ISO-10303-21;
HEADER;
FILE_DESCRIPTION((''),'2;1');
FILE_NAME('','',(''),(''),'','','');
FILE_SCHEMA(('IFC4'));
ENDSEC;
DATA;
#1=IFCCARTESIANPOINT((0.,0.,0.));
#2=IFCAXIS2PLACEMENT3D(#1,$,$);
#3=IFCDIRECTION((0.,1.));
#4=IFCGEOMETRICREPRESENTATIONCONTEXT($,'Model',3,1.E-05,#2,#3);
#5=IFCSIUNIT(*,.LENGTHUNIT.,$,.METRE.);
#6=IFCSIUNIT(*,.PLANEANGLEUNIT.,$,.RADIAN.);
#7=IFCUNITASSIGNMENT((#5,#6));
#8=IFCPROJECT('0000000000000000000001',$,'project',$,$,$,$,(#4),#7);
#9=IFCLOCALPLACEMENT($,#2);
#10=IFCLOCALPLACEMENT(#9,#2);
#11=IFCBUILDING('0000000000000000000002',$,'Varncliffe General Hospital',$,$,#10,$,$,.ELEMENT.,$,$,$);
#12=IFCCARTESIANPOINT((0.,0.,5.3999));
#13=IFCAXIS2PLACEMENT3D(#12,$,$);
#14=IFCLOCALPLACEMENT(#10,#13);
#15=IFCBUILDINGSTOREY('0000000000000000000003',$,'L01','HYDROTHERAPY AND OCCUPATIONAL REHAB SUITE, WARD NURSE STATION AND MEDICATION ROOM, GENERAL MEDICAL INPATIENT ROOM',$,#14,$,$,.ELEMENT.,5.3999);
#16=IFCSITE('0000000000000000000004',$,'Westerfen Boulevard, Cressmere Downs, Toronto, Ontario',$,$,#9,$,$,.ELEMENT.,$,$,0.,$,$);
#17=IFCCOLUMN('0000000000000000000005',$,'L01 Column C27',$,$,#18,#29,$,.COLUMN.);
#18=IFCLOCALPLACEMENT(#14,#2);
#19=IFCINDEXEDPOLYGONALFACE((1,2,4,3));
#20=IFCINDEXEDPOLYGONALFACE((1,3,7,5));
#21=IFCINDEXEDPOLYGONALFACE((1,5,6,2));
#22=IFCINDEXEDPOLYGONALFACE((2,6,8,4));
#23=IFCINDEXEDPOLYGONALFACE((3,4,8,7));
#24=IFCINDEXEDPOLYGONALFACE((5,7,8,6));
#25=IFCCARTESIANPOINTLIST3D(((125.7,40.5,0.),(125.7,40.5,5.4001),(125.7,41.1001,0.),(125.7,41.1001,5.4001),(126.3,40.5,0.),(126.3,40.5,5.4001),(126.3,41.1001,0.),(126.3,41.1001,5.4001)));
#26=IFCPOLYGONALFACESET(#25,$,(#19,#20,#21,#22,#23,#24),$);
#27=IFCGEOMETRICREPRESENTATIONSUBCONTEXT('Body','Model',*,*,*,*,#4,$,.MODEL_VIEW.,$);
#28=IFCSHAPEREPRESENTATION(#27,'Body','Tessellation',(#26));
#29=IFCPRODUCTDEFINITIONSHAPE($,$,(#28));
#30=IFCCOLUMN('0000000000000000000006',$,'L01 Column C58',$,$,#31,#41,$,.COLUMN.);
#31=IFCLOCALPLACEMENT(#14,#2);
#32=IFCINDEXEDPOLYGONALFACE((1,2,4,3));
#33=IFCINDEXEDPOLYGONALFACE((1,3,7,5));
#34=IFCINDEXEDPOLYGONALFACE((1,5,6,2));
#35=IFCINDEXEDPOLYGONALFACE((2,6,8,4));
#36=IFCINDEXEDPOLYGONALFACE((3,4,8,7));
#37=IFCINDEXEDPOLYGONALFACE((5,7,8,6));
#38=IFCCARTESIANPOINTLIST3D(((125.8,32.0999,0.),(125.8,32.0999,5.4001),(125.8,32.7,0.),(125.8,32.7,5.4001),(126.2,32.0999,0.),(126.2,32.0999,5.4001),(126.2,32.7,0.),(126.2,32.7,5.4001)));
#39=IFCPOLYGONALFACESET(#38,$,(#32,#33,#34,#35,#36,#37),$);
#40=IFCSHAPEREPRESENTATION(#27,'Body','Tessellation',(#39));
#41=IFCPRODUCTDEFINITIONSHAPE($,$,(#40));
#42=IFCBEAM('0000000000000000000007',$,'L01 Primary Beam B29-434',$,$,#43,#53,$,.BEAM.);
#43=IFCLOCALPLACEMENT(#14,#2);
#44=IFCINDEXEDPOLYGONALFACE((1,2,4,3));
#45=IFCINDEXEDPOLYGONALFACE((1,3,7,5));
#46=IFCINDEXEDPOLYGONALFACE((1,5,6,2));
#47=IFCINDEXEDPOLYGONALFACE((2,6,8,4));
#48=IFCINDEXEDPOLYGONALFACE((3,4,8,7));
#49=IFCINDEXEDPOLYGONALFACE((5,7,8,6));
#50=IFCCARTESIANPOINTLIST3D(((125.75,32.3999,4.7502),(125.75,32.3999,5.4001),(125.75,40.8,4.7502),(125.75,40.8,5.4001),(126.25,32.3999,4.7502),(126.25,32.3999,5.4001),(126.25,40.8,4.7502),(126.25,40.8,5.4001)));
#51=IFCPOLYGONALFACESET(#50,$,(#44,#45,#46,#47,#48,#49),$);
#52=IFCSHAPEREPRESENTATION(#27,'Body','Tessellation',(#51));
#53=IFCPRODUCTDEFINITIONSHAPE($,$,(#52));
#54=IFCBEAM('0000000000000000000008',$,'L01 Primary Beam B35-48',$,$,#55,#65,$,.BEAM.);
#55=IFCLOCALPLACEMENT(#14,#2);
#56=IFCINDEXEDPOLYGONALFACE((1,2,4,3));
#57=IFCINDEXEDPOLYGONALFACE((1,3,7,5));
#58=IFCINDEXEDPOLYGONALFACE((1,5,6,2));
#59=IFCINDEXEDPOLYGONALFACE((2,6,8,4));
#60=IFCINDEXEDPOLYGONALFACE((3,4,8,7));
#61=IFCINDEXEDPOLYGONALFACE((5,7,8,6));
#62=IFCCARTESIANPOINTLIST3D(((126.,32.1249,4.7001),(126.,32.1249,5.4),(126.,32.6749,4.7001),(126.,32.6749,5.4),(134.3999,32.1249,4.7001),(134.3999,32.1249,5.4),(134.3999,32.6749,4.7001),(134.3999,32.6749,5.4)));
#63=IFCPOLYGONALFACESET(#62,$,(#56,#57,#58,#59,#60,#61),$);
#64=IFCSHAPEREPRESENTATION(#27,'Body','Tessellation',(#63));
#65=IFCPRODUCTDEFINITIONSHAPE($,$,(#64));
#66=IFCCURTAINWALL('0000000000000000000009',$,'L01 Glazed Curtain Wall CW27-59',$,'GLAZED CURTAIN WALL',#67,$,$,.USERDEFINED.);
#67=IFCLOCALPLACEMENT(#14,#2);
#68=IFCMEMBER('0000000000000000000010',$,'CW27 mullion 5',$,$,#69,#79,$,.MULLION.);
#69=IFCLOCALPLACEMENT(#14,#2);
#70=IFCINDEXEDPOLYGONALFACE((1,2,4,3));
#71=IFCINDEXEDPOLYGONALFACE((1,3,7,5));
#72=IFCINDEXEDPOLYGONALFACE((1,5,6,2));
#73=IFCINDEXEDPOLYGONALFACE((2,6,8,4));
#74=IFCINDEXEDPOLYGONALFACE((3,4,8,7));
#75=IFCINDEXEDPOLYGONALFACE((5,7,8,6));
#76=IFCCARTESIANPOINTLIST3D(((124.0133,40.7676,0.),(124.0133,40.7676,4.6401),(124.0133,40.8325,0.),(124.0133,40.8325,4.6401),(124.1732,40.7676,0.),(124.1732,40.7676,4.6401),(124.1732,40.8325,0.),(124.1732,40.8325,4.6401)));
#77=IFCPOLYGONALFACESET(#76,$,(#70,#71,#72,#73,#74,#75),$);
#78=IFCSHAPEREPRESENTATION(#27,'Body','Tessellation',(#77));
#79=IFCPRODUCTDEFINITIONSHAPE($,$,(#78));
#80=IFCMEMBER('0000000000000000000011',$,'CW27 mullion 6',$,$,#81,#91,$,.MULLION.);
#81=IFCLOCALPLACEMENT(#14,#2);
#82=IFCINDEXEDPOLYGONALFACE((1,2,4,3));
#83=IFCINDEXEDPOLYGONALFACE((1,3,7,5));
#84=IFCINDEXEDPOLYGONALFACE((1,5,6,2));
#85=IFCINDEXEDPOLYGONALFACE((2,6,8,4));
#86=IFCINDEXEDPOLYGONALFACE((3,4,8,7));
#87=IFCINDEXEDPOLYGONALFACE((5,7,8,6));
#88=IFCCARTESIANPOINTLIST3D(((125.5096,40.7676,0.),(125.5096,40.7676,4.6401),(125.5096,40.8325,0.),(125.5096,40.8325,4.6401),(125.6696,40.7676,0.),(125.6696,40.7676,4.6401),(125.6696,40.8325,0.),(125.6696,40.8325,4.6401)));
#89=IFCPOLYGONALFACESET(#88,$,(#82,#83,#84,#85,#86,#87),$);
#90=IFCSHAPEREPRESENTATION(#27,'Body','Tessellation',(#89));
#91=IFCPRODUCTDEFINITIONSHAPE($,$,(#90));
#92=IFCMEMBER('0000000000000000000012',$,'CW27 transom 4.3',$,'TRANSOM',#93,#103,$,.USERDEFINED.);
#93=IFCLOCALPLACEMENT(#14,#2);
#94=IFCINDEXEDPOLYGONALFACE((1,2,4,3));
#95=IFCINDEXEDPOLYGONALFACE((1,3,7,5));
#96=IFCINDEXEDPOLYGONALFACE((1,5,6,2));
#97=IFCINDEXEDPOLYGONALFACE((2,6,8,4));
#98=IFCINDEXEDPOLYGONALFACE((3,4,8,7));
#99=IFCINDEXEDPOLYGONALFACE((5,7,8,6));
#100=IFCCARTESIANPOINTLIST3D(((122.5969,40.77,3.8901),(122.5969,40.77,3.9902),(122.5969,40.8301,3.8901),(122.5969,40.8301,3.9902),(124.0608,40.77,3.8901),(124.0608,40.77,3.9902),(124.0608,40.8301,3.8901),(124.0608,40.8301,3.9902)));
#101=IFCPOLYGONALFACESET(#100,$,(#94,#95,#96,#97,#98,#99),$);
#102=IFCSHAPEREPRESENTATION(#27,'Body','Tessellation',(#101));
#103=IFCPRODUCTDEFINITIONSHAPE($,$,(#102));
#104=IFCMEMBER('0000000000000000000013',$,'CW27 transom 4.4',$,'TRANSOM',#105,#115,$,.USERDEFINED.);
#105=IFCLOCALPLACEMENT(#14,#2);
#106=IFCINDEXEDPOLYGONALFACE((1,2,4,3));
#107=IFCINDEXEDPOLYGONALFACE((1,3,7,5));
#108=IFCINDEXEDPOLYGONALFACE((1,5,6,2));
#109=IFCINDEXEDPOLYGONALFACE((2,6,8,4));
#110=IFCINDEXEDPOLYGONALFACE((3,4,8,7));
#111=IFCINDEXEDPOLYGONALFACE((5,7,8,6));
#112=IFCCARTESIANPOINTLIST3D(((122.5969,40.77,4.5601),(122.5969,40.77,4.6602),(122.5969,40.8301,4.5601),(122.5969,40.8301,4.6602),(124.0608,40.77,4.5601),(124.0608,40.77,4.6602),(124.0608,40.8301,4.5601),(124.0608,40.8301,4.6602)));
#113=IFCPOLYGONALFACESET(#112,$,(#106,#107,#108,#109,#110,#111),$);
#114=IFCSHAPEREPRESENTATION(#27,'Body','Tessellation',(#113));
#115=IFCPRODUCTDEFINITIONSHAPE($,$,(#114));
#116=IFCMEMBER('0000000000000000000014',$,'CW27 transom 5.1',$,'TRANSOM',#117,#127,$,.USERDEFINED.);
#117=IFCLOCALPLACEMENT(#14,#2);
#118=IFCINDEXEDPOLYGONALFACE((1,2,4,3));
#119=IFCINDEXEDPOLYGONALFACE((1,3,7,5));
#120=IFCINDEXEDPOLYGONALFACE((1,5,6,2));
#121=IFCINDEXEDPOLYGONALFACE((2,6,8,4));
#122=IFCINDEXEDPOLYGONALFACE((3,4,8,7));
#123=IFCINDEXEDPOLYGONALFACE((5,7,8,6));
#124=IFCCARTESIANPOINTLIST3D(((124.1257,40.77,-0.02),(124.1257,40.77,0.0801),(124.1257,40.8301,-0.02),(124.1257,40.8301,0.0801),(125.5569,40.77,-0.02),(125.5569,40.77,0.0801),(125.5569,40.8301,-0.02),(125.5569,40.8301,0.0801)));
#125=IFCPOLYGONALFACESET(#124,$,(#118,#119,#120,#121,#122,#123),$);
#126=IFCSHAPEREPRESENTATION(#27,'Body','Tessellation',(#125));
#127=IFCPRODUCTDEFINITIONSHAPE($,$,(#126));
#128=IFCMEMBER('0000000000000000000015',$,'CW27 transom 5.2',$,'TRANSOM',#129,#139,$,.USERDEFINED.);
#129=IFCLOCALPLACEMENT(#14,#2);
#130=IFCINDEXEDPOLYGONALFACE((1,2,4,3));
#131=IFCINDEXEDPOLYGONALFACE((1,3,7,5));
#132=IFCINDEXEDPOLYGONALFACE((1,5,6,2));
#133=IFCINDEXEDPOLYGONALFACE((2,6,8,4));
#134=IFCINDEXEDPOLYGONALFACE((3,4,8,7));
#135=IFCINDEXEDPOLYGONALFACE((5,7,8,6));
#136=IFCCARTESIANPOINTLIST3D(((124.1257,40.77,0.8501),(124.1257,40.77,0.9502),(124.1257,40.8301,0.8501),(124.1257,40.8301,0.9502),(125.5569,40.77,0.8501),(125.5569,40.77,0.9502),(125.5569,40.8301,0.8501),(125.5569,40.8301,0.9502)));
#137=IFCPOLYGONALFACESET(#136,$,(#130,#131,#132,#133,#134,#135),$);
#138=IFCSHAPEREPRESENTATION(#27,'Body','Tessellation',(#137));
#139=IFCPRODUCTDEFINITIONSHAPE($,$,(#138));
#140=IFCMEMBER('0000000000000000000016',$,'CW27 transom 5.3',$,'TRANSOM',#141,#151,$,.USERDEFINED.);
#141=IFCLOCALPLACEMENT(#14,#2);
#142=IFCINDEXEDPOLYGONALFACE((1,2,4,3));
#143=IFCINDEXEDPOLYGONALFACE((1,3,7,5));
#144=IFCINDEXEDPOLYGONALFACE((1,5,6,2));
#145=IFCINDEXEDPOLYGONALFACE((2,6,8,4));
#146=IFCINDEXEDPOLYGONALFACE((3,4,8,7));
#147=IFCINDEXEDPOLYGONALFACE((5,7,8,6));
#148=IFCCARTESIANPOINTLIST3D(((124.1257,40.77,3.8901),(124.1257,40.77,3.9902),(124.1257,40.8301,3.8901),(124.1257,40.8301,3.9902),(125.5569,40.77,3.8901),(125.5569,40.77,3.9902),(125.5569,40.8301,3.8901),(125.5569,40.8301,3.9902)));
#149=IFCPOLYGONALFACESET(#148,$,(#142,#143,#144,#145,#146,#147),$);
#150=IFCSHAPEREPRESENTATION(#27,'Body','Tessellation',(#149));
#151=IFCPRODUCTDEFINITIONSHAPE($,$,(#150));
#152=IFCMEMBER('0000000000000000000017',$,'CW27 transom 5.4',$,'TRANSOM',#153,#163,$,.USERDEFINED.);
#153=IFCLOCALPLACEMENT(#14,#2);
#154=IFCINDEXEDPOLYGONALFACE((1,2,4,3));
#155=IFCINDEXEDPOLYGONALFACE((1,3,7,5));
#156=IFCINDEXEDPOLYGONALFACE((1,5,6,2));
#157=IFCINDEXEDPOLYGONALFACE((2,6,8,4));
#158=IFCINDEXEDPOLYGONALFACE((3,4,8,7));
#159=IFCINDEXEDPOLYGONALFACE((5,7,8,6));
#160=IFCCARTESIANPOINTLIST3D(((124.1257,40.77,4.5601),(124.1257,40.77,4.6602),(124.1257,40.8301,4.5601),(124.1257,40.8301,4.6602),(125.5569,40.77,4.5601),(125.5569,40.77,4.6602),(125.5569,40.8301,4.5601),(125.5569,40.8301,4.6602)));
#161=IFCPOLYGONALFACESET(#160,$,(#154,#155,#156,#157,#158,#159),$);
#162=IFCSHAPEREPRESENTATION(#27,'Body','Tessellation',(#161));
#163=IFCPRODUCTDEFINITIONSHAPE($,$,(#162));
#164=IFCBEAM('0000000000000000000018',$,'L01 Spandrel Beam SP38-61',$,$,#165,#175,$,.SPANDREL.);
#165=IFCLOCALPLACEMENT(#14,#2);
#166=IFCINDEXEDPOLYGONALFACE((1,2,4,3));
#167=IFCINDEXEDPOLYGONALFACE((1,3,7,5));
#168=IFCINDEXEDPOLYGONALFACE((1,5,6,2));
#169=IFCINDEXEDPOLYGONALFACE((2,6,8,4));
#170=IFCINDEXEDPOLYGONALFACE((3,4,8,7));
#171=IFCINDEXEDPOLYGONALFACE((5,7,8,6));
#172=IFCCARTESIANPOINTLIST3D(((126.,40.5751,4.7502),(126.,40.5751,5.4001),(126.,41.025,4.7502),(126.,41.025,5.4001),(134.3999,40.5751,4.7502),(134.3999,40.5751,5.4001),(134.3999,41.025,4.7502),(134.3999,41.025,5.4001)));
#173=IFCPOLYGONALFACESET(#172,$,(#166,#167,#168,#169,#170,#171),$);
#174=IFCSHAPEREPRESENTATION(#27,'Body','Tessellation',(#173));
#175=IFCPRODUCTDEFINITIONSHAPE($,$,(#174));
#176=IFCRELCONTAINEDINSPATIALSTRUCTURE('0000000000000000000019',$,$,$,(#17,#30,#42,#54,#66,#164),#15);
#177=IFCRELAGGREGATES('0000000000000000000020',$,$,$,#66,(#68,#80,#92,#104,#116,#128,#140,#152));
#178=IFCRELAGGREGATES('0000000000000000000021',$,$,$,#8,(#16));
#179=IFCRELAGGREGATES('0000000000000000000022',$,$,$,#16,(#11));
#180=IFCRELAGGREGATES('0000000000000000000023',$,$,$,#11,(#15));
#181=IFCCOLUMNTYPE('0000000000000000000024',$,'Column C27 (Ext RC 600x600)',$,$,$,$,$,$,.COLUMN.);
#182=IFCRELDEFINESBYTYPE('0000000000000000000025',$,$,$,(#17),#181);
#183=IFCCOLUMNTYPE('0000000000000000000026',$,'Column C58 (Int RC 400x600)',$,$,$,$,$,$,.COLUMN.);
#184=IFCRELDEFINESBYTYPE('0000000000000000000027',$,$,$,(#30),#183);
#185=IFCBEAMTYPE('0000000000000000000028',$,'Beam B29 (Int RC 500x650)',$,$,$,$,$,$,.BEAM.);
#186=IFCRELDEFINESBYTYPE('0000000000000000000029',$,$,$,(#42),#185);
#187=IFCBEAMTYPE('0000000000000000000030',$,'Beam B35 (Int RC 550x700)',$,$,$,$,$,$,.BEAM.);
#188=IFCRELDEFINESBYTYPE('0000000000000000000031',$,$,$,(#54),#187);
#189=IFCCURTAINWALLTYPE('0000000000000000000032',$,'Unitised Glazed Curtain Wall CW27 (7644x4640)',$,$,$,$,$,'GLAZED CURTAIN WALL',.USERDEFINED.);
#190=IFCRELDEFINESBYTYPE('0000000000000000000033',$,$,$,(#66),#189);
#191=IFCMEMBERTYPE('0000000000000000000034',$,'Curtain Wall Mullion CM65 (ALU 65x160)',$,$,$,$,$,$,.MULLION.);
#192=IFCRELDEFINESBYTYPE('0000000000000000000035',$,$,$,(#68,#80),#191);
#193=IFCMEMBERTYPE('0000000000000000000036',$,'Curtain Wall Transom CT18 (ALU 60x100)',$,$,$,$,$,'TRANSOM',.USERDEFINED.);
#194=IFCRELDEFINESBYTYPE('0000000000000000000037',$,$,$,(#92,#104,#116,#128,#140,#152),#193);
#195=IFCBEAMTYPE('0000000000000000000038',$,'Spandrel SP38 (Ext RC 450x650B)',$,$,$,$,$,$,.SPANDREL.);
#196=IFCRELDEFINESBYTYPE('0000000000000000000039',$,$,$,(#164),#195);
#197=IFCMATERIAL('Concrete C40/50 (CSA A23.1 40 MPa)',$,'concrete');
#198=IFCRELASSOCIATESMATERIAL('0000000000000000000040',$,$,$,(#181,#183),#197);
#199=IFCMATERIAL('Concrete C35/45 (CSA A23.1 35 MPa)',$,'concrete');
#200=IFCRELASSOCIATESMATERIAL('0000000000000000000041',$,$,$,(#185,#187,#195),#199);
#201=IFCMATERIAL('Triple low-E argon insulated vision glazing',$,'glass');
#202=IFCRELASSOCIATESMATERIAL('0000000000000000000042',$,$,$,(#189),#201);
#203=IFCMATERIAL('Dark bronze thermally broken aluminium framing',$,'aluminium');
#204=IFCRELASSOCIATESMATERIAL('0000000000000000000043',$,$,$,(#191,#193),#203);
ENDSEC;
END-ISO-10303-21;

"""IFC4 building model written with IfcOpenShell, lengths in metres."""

from ifc_helpers import new_model, si_unit, direction, frame, origin, origin_2d, place, context, subcontext, project, spatial, rectangle, extrude, material, material_profile, profile_set, type_object, element, aggregate, save


model = new_model("IFC4")

# Units and contexts
model_context = context("Model", 3, precision=1e-05, world=origin(), true_north=direction((0.0, 1.0)))
body_context = subcontext(model_context, "Body", "Model", "MODEL_VIEW")
ifc_project = project(units=[si_unit("LENGTHUNIT", "METRE"), si_unit("PLANEANGLEUNIT", "RADIAN")], contexts=[model_context])

# Site, building, storey
site_placement = place(None, origin())
site = spatial("IfcSite", under=ifc_project, at=site_placement, Name="Westerfen Boulevard, Cressmere Downs, Toronto, Ontario", CompositionType="ELEMENT", RefElevation=0.0)
building_placement = place(site_placement, origin())
building = spatial("IfcBuilding", under=site, at=building_placement, Name="Varncliffe General Hospital", CompositionType="ELEMENT")
storey_placement = place(building_placement, frame((0.0, 0.0, 5.3999)))
storey = spatial("IfcBuildingStorey", under=building, at=storey_placement, Name="L01", Description="HYDROTHERAPY AND OCCUPATIONAL REHAB SUITE, WARD NURSE STATION AND MEDICATION ROOM, GENERAL MEDICAL INPATIENT ROOM", CompositionType="ELEMENT", Elevation=5.3999)

# Columns
ifc_material_1 = material(Name="Concrete C40/50 (CSA A23.1 40 MPa)", Category="concrete")
ifc_material_profile_1 = material_profile(ifc_material_1, rectangle(XDim=0.6001, YDim=0.6001, at=origin_2d()), Name="RC 600x600")
ifc_profile_set_1 = profile_set([ifc_material_profile_1], Name="Concrete C40/50 (CSA A23.1 40 MPa)")
column_type_1 = type_object("IfcColumnType", Name="Column C27 (Ext RC 600x600)", PredefinedType="COLUMN", material=ifc_profile_set_1)
column_1_placement = place(storey_placement, frame((126.0, 40.8, 0.0), z_axis=(0.0, 0.0, 1.0), x_axis=(1.0, 0.0, 0.0)))
element("IfcColumn", 1, at=column_1_placement, inside=storey, type_object=column_type_1, Name="L01 Column C27", PredefinedType="COLUMN", context=body_context, shape_type="SweptSolid", body=[
    extrude(rectangle(XDim=0.6001, YDim=0.6001, at=origin_2d()), origin(), (0.0, 0.0, 1.0), 5.4001),
])
ifc_material_profile_2 = material_profile(ifc_material_1, rectangle(XDim=0.3999, YDim=0.6001, at=origin_2d()), Name="RC 400x600")
ifc_profile_set_2 = profile_set([ifc_material_profile_2], Name="Concrete C40/50 (CSA A23.1 40 MPa)")
column_type_2 = type_object("IfcColumnType", Name="Column C58 (Int RC 400x600)", PredefinedType="COLUMN", material=ifc_profile_set_2)
column_2_placement = place(storey_placement, frame((126.0, 32.3999, 0.0), z_axis=(0.0, 0.0, 1.0), x_axis=(1.0, 0.0, 0.0)))
element("IfcColumn", 2, at=column_2_placement, inside=storey, type_object=column_type_2, Name="L01 Column C58", PredefinedType="COLUMN", context=body_context, shape_type="SweptSolid", body=[
    extrude(rectangle(XDim=0.3999, YDim=0.6001, at=origin_2d()), origin(), (0.0, 0.0, 1.0), 5.4001),
])

# Beams
ifc_material_2 = material(Name="Concrete C35/45 (CSA A23.1 35 MPa)", Category="concrete")
ifc_material_profile_3 = material_profile(ifc_material_2, rectangle(XDim=0.5, YDim=0.6499, at=origin_2d()), Name="RC 500x650")
ifc_profile_set_3 = profile_set([ifc_material_profile_3], Name="Concrete C35/45 (CSA A23.1 35 MPa)")
beam_type_1 = type_object("IfcBeamType", Name="Beam B29 (Int RC 500x650)", PredefinedType="BEAM", material=ifc_profile_set_3)
beam_1_placement = place(storey_placement, frame((126.0, 32.3999, 5.0752), z_axis=(0.0, 1.0, 0.0), x_axis=(-1.0, 0.0, 0.0)))
element("IfcBeam", 3, at=beam_1_placement, inside=storey, type_object=beam_type_1, Name="L01 Primary Beam B29-434", PredefinedType="BEAM", context=body_context, shape_type="SweptSolid", body=[
    extrude(rectangle(XDim=0.5, YDim=0.6499, at=origin_2d()), origin(), (0.0, 0.0, 1.0), 8.4001),
])
ifc_material_profile_4 = material_profile(ifc_material_2, rectangle(XDim=0.55, YDim=0.7, at=origin_2d()), Name="RC 550x700")
ifc_profile_set_4 = profile_set([ifc_material_profile_4], Name="Concrete C35/45 (CSA A23.1 35 MPa)")
beam_type_2 = type_object("IfcBeamType", Name="Beam B35 (Int RC 550x700)", PredefinedType="BEAM", material=ifc_profile_set_4)
beam_2_placement = place(storey_placement, frame((126.0, 32.3999, 5.05), z_axis=(1.0, 0.0, 0.0), x_axis=(0.0, 1.0, 0.0)))
element("IfcBeam", 4, at=beam_2_placement, inside=storey, type_object=beam_type_2, Name="L01 Primary Beam B35-48", PredefinedType="BEAM", context=body_context, shape_type="SweptSolid", body=[
    extrude(rectangle(XDim=0.55, YDim=0.7, at=origin_2d()), origin(), (0.0, 0.0, 1.0), 8.3999),
])

# Curtain wall, members
ifc_material_3 = material(Name="Triple low-E argon insulated vision glazing", Category="glass")
curtain_wall_type = type_object("IfcCurtainWallType", Name="Unitised Glazed Curtain Wall CW27 (7644x4640)", ElementType="GLAZED CURTAIN WALL", PredefinedType="USERDEFINED", material=ifc_material_3)
curtain_wall_placement = place(storey_placement, origin())
curtain_wall = element("IfcCurtainWall", 5, at=curtain_wall_placement, inside=storey, type_object=curtain_wall_type, Name="L01 Glazed Curtain Wall CW27-59", ObjectType="GLAZED CURTAIN WALL", PredefinedType="USERDEFINED")
ifc_material_4 = material(Name="Dark bronze thermally broken aluminium framing", Category="aluminium")
ifc_material_profile_5 = material_profile(ifc_material_4, rectangle(XDim=0.0649, YDim=0.1599, at=origin_2d()), Name="ALU 65x160")
ifc_profile_set_5 = profile_set([ifc_material_profile_5], Name="Dark bronze thermally broken aluminium framing")
member_type_1 = type_object("IfcMemberType", Name="Curtain Wall Mullion CM65 (ALU 65x160)", PredefinedType="MULLION", material=ifc_profile_set_5)
member_1_placement = place(storey_placement, frame((124.0933, 40.8, 0.0), z_axis=(0.0, 0.0, 1.0), x_axis=(0.0, 1.0, 0.0)))
member_1 = element("IfcMember", 6, at=member_1_placement, type_object=member_type_1, Name="CW27 mullion 5", PredefinedType="MULLION", context=body_context, shape_type="SweptSolid", body=[
    extrude(rectangle(XDim=0.0649, YDim=0.1599, at=origin_2d()), origin(), (0.0, 0.0, 1.0), 4.6401),
])
member_2_placement = place(storey_placement, frame((125.5896, 40.8, 0.0), z_axis=(0.0, 0.0, 1.0), x_axis=(0.0, 1.0, 0.0)))
member_2 = element("IfcMember", 7, at=member_2_placement, type_object=member_type_1, Name="CW27 mullion 6", PredefinedType="MULLION", context=body_context, shape_type="SweptSolid", body=[
    extrude(rectangle(XDim=0.0649, YDim=0.1599, at=origin_2d()), origin(), (0.0, 0.0, 1.0), 4.6401),
])
ifc_material_profile_6 = material_profile(ifc_material_4, rectangle(XDim=0.0601, YDim=0.1001, at=origin_2d()), Name="ALU 60x100")
ifc_profile_set_6 = profile_set([ifc_material_profile_6], Name="Dark bronze thermally broken aluminium framing")
member_type_2 = type_object("IfcMemberType", Name="Curtain Wall Transom CT18 (ALU 60x100)", ElementType="TRANSOM", PredefinedType="USERDEFINED", material=ifc_profile_set_6)
member_3_placement = place(storey_placement, frame((122.5969, 40.8, 3.9402), z_axis=(1.0, 0.0, 0.0), x_axis=(0.0, 1.0, 0.0)))
member_3 = element("IfcMember", 8, at=member_3_placement, type_object=member_type_2, Name="CW27 transom 4.3", ObjectType="TRANSOM", PredefinedType="USERDEFINED", context=body_context, shape_type="SweptSolid", body=[
    extrude(rectangle(XDim=0.0601, YDim=0.1001, at=origin_2d()), origin(), (0.0, 0.0, 1.0), 1.4639),
])
member_4_placement = place(storey_placement, frame((122.5969, 40.8, 4.6101), z_axis=(1.0, 0.0, 0.0), x_axis=(0.0, 1.0, 0.0)))
member_4 = element("IfcMember", 9, at=member_4_placement, type_object=member_type_2, Name="CW27 transom 4.4", ObjectType="TRANSOM", PredefinedType="USERDEFINED", context=body_context, shape_type="SweptSolid", body=[
    extrude(rectangle(XDim=0.0601, YDim=0.1001, at=origin_2d()), origin(), (0.0, 0.0, 1.0), 1.4639),
])
member_5_placement = place(storey_placement, frame((124.1257, 40.8, 0.03), z_axis=(1.0, 0.0, 0.0), x_axis=(0.0, 1.0, 0.0)))
member_5 = element("IfcMember", 10, at=member_5_placement, type_object=member_type_2, Name="CW27 transom 5.1", ObjectType="TRANSOM", PredefinedType="USERDEFINED", context=body_context, shape_type="SweptSolid", body=[
    extrude(rectangle(XDim=0.0601, YDim=0.1001, at=origin_2d()), origin(), (0.0, 0.0, 1.0), 1.4312),
])
member_6_placement = place(storey_placement, frame((124.1257, 40.8, 0.9001), z_axis=(1.0, 0.0, 0.0), x_axis=(0.0, 1.0, 0.0)))
member_6 = element("IfcMember", 11, at=member_6_placement, type_object=member_type_2, Name="CW27 transom 5.2", ObjectType="TRANSOM", PredefinedType="USERDEFINED", context=body_context, shape_type="SweptSolid", body=[
    extrude(rectangle(XDim=0.0601, YDim=0.1001, at=origin_2d()), origin(), (0.0, 0.0, 1.0), 1.4312),
])
member_7_placement = place(storey_placement, frame((124.1257, 40.8, 3.9402), z_axis=(1.0, 0.0, 0.0), x_axis=(0.0, 1.0, 0.0)))
member_7 = element("IfcMember", 12, at=member_7_placement, type_object=member_type_2, Name="CW27 transom 5.3", ObjectType="TRANSOM", PredefinedType="USERDEFINED", context=body_context, shape_type="SweptSolid", body=[
    extrude(rectangle(XDim=0.0601, YDim=0.1001, at=origin_2d()), origin(), (0.0, 0.0, 1.0), 1.4312),
])
member_8_placement = place(storey_placement, frame((124.1257, 40.8, 4.6101), z_axis=(1.0, 0.0, 0.0), x_axis=(0.0, 1.0, 0.0)))
member_8 = element("IfcMember", 13, at=member_8_placement, type_object=member_type_2, Name="CW27 transom 5.4", ObjectType="TRANSOM", PredefinedType="USERDEFINED", context=body_context, shape_type="SweptSolid", body=[
    extrude(rectangle(XDim=0.0601, YDim=0.1001, at=origin_2d()), origin(), (0.0, 0.0, 1.0), 1.4312),
])

# Beam
ifc_material_profile_7 = material_profile(ifc_material_2, rectangle(XDim=0.45, YDim=0.6499, at=origin_2d()), Name="RC 450x650")
ifc_profile_set_7 = profile_set([ifc_material_profile_7], Name="Concrete C35/45 (CSA A23.1 35 MPa)")
beam_type_3 = type_object("IfcBeamType", Name="Spandrel SP38 (Ext RC 450x650B)", PredefinedType="SPANDREL", material=ifc_profile_set_7)
beam_3_placement = place(storey_placement, frame((126.0, 40.8, 5.0752), z_axis=(1.0, 0.0, 0.0), x_axis=(0.0, 1.0, 0.0)))
element("IfcBeam", 14, at=beam_3_placement, inside=storey, type_object=beam_type_3, Name="L01 Spandrel Beam SP38-61", PredefinedType="SPANDREL", context=body_context, shape_type="SweptSolid", body=[
    extrude(rectangle(XDim=0.45, YDim=0.6499, at=origin_2d()), origin(), (0.0, 0.0, 1.0), 8.3999),
])

aggregate(curtain_wall, [member_1, member_2, member_3, member_4, member_5, member_6, member_7, member_8])

save(model, "model.ifc")
